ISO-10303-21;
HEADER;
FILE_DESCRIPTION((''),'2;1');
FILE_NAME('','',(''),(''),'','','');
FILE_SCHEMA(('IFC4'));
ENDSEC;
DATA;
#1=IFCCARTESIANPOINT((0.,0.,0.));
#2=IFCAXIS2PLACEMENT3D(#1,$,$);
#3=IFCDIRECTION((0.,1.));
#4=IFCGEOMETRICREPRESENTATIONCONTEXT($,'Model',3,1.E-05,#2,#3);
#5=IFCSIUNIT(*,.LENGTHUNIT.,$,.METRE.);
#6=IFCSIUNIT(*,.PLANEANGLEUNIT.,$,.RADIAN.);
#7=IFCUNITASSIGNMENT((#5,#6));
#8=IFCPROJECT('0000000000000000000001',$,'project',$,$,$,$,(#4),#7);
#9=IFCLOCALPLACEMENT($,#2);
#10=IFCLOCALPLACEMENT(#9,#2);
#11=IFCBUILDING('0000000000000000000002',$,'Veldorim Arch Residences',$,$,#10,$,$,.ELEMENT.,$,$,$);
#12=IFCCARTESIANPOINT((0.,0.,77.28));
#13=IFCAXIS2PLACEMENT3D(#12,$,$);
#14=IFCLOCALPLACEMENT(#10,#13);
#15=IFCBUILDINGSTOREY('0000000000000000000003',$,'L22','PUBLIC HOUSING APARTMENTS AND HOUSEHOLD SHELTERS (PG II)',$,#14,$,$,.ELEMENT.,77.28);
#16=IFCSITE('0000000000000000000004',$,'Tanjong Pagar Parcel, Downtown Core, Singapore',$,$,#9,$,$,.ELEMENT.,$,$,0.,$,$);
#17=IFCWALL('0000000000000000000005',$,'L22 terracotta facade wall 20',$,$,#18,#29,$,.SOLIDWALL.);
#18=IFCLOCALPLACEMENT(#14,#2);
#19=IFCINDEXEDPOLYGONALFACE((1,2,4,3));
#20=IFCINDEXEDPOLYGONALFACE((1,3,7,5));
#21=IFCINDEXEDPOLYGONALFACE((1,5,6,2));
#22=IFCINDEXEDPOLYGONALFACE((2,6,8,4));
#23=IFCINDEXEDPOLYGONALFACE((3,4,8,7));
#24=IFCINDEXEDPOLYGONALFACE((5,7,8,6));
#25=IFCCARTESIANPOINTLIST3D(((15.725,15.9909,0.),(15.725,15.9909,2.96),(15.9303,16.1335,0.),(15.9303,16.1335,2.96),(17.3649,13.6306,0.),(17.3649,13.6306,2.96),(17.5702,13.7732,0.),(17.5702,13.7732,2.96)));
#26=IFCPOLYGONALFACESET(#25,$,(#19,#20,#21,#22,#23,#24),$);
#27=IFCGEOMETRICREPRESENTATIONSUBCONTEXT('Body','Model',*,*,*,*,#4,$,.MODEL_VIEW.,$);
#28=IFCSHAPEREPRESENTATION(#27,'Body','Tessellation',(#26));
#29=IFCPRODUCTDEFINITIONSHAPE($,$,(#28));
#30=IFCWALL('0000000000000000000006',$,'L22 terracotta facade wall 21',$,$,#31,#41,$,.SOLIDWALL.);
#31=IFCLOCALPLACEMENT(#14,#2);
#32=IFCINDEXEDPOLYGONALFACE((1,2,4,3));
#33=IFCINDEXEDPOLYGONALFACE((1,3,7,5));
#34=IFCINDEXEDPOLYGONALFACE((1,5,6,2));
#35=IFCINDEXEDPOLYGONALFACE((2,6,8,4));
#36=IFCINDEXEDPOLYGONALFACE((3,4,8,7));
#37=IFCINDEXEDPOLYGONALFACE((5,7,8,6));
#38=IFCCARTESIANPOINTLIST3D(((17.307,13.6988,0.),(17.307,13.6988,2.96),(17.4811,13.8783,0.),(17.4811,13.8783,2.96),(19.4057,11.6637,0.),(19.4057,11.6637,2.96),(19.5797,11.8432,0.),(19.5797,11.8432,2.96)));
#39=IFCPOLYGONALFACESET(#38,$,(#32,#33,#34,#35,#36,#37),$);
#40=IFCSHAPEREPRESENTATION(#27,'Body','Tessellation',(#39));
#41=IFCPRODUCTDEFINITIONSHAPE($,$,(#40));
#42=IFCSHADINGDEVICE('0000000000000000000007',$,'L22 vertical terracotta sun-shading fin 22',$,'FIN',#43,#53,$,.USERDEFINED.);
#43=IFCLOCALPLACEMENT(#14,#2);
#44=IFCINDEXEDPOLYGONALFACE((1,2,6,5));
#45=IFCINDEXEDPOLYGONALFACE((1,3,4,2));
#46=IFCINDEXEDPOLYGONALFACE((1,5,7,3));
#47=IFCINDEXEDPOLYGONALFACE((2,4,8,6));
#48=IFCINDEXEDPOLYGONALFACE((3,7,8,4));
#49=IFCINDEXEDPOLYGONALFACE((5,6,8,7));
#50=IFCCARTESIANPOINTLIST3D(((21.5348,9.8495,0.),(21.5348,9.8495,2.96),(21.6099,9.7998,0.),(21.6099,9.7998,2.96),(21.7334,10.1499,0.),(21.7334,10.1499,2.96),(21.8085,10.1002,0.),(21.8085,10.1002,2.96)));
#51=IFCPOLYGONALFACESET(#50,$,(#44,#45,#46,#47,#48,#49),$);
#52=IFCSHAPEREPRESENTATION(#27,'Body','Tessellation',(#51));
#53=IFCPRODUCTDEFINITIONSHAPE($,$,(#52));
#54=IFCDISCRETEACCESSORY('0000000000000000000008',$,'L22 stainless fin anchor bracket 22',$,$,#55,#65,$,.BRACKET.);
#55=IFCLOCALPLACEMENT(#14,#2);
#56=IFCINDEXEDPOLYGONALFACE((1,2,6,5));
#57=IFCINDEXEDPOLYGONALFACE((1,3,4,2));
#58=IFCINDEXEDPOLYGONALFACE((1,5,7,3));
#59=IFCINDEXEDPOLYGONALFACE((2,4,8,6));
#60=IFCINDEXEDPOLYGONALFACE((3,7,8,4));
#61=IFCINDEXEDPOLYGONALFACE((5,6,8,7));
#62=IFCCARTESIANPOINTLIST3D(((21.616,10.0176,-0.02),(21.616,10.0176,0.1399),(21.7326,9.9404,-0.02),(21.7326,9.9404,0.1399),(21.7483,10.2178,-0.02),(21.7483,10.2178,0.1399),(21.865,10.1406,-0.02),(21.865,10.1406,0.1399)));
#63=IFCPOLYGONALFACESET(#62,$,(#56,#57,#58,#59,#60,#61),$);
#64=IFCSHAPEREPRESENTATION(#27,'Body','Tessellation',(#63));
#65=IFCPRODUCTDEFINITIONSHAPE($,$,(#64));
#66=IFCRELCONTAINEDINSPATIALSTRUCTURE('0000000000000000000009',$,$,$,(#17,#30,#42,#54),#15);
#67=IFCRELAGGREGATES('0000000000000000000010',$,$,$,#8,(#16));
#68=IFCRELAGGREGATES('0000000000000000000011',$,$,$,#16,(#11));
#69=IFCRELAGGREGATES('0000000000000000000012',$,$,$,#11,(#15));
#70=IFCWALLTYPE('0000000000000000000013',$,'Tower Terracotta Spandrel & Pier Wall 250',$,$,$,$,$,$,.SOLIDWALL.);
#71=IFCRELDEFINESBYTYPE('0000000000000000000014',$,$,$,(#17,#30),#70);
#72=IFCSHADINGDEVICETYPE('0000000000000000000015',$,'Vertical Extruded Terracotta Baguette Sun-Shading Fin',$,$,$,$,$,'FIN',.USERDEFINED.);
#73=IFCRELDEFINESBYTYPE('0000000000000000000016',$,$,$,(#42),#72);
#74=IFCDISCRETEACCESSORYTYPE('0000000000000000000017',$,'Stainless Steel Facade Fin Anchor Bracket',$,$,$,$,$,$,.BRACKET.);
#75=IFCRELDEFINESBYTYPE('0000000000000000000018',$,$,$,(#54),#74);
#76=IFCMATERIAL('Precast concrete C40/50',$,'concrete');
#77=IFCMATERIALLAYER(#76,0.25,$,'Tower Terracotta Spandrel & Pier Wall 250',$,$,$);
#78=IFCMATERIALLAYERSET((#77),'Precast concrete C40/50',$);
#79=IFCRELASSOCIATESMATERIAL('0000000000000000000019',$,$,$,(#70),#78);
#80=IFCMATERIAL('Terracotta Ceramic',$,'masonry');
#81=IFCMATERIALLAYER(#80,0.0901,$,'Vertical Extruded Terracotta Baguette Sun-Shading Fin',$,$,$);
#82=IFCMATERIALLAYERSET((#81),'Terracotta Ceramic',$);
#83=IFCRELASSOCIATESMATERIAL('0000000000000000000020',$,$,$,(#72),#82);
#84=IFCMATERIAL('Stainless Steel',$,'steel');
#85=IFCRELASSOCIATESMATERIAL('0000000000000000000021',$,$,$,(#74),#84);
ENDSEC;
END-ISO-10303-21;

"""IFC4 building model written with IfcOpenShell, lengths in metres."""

from ifc_helpers import new_model, si_unit, direction, frame, frame_2d, origin, origin_2d, place, context, subcontext, project, spatial, rectangle, extrude, material, layer, layer_set, type_object, element, save


model = new_model("IFC4")

# Units and contexts
model_context = context("Model", 3, precision=1e-05, world=origin(), true_north=direction((0.0, 1.0)))
body_context = subcontext(model_context, "Body", "Model", "MODEL_VIEW")
ifc_project = project(units=[si_unit("LENGTHUNIT", "METRE"), si_unit("PLANEANGLEUNIT", "RADIAN")], contexts=[model_context])

# Site, building, storey
site_placement = place(None, origin())
site = spatial("IfcSite", under=ifc_project, at=site_placement, Name="Tanjong Pagar Parcel, Downtown Core, Singapore", CompositionType="ELEMENT", RefElevation=0.0)
building_placement = place(site_placement, origin())
building = spatial("IfcBuilding", under=site, at=building_placement, Name="Veldorim Arch Residences", CompositionType="ELEMENT")
storey_placement = place(building_placement, frame((0.0, 0.0, 77.28)))
storey = spatial("IfcBuildingStorey", under=building, at=storey_placement, Name="L22", Description="PUBLIC HOUSING APARTMENTS AND HOUSEHOLD SHELTERS (PG II)", CompositionType="ELEMENT", Elevation=77.28)

# Walls
ifc_material_1 = material(Name="Precast concrete C40/50", Category="concrete")
ifc_layer_1 = layer(ifc_material_1, 0.25, Name="Tower Terracotta Spandrel & Pier Wall 250")
ifc_layer_set_1 = layer_set([ifc_layer_1], Name="Precast concrete C40/50")
wall_type_1 = type_object("IfcWallType", Name="Tower Terracotta Spandrel & Pier Wall 250", PredefinedType="SOLIDWALL", material=ifc_layer_set_1)
wall_1_placement = place(storey_placement, frame((17.4675, 13.7019, 0.0), z_axis=(0.0, 0.0, 1.0), x_axis=(-0.570574, 0.821246, 0.0)))
element("IfcWall", 1, at=wall_1_placement, inside=storey, type_object=wall_type_1, Name="L22 terracotta facade wall 20", PredefinedType="SOLIDWALL", context=body_context, shape_type="SweptSolid", body=[
    extrude(rectangle(XDim=2.874, YDim=0.25, at=frame_2d((1.437, 0.0))), origin(), (0.0, 0.0, 1.0), 2.96),
])
wall_2_placement = place(storey_placement, frame((19.4927, 11.7534, 0.0), z_axis=(0.0, 0.0, 1.0), x_axis=(-0.71788, 0.696167, 0.0)))
element("IfcWall", 2, at=wall_2_placement, inside=storey, type_object=wall_type_1, Name="L22 terracotta facade wall 21", PredefinedType="SOLIDWALL", context=body_context, shape_type="SweptSolid", body=[
    extrude(rectangle(XDim=2.9233, YDim=0.25, at=frame_2d((1.4617, 0.0))), origin(), (0.0, 0.0, 1.0), 2.96),
])

# Shading device
ifc_material_2 = material(Name="Terracotta Ceramic", Category="masonry")
ifc_layer_2 = layer(ifc_material_2, 0.0901, Name="Vertical Extruded Terracotta Baguette Sun-Shading Fin")
ifc_layer_set_2 = layer_set([ifc_layer_2], Name="Terracotta Ceramic")
shading_device_type = type_object("IfcShadingDeviceType", Name="Vertical Extruded Terracotta Baguette Sun-Shading Fin", ElementType="FIN", PredefinedType="USERDEFINED", material=ifc_layer_set_2)
shading_device_placement = place(storey_placement, frame((21.6716, 9.9749, 0.0), z_axis=(0.0, 0.0, 1.0), x_axis=(-0.834175, 0.5515, 0.0)))
element("IfcShadingDevice", 3, at=shading_device_placement, inside=storey, type_object=shading_device_type, Name="L22 vertical terracotta sun-shading fin 22", ObjectType="FIN", PredefinedType="USERDEFINED", context=body_context, shape_type="SweptSolid", body=[
    extrude(rectangle(XDim=0.0901, YDim=0.3601, at=origin_2d()), origin(), (0.0, 0.0, 1.0), 2.96),
])

# Discrete accessory
ifc_material_3 = material(Name="Stainless Steel", Category="steel")
discrete_accessory_type = type_object("IfcDiscreteAccessoryType", Name="Stainless Steel Facade Fin Anchor Bracket", PredefinedType="BRACKET", material=ifc_material_3)
discrete_accessory_placement = place(storey_placement, frame((21.7405, 10.0791, -0.02), z_axis=(0.0, 0.0, 1.0), x_axis=(-0.834175, 0.5515, 0.0)))
element("IfcDiscreteAccessory", 4, at=discrete_accessory_placement, inside=storey, type_object=discrete_accessory_type, Name="L22 stainless fin anchor bracket 22", PredefinedType="BRACKET", context=body_context, shape_type="SweptSolid", body=[
    extrude(rectangle(XDim=0.1399, YDim=0.24, at=origin_2d()), origin(), (0.0, 0.0, 1.0), 0.1599),
])

save(model, "model.ifc")
